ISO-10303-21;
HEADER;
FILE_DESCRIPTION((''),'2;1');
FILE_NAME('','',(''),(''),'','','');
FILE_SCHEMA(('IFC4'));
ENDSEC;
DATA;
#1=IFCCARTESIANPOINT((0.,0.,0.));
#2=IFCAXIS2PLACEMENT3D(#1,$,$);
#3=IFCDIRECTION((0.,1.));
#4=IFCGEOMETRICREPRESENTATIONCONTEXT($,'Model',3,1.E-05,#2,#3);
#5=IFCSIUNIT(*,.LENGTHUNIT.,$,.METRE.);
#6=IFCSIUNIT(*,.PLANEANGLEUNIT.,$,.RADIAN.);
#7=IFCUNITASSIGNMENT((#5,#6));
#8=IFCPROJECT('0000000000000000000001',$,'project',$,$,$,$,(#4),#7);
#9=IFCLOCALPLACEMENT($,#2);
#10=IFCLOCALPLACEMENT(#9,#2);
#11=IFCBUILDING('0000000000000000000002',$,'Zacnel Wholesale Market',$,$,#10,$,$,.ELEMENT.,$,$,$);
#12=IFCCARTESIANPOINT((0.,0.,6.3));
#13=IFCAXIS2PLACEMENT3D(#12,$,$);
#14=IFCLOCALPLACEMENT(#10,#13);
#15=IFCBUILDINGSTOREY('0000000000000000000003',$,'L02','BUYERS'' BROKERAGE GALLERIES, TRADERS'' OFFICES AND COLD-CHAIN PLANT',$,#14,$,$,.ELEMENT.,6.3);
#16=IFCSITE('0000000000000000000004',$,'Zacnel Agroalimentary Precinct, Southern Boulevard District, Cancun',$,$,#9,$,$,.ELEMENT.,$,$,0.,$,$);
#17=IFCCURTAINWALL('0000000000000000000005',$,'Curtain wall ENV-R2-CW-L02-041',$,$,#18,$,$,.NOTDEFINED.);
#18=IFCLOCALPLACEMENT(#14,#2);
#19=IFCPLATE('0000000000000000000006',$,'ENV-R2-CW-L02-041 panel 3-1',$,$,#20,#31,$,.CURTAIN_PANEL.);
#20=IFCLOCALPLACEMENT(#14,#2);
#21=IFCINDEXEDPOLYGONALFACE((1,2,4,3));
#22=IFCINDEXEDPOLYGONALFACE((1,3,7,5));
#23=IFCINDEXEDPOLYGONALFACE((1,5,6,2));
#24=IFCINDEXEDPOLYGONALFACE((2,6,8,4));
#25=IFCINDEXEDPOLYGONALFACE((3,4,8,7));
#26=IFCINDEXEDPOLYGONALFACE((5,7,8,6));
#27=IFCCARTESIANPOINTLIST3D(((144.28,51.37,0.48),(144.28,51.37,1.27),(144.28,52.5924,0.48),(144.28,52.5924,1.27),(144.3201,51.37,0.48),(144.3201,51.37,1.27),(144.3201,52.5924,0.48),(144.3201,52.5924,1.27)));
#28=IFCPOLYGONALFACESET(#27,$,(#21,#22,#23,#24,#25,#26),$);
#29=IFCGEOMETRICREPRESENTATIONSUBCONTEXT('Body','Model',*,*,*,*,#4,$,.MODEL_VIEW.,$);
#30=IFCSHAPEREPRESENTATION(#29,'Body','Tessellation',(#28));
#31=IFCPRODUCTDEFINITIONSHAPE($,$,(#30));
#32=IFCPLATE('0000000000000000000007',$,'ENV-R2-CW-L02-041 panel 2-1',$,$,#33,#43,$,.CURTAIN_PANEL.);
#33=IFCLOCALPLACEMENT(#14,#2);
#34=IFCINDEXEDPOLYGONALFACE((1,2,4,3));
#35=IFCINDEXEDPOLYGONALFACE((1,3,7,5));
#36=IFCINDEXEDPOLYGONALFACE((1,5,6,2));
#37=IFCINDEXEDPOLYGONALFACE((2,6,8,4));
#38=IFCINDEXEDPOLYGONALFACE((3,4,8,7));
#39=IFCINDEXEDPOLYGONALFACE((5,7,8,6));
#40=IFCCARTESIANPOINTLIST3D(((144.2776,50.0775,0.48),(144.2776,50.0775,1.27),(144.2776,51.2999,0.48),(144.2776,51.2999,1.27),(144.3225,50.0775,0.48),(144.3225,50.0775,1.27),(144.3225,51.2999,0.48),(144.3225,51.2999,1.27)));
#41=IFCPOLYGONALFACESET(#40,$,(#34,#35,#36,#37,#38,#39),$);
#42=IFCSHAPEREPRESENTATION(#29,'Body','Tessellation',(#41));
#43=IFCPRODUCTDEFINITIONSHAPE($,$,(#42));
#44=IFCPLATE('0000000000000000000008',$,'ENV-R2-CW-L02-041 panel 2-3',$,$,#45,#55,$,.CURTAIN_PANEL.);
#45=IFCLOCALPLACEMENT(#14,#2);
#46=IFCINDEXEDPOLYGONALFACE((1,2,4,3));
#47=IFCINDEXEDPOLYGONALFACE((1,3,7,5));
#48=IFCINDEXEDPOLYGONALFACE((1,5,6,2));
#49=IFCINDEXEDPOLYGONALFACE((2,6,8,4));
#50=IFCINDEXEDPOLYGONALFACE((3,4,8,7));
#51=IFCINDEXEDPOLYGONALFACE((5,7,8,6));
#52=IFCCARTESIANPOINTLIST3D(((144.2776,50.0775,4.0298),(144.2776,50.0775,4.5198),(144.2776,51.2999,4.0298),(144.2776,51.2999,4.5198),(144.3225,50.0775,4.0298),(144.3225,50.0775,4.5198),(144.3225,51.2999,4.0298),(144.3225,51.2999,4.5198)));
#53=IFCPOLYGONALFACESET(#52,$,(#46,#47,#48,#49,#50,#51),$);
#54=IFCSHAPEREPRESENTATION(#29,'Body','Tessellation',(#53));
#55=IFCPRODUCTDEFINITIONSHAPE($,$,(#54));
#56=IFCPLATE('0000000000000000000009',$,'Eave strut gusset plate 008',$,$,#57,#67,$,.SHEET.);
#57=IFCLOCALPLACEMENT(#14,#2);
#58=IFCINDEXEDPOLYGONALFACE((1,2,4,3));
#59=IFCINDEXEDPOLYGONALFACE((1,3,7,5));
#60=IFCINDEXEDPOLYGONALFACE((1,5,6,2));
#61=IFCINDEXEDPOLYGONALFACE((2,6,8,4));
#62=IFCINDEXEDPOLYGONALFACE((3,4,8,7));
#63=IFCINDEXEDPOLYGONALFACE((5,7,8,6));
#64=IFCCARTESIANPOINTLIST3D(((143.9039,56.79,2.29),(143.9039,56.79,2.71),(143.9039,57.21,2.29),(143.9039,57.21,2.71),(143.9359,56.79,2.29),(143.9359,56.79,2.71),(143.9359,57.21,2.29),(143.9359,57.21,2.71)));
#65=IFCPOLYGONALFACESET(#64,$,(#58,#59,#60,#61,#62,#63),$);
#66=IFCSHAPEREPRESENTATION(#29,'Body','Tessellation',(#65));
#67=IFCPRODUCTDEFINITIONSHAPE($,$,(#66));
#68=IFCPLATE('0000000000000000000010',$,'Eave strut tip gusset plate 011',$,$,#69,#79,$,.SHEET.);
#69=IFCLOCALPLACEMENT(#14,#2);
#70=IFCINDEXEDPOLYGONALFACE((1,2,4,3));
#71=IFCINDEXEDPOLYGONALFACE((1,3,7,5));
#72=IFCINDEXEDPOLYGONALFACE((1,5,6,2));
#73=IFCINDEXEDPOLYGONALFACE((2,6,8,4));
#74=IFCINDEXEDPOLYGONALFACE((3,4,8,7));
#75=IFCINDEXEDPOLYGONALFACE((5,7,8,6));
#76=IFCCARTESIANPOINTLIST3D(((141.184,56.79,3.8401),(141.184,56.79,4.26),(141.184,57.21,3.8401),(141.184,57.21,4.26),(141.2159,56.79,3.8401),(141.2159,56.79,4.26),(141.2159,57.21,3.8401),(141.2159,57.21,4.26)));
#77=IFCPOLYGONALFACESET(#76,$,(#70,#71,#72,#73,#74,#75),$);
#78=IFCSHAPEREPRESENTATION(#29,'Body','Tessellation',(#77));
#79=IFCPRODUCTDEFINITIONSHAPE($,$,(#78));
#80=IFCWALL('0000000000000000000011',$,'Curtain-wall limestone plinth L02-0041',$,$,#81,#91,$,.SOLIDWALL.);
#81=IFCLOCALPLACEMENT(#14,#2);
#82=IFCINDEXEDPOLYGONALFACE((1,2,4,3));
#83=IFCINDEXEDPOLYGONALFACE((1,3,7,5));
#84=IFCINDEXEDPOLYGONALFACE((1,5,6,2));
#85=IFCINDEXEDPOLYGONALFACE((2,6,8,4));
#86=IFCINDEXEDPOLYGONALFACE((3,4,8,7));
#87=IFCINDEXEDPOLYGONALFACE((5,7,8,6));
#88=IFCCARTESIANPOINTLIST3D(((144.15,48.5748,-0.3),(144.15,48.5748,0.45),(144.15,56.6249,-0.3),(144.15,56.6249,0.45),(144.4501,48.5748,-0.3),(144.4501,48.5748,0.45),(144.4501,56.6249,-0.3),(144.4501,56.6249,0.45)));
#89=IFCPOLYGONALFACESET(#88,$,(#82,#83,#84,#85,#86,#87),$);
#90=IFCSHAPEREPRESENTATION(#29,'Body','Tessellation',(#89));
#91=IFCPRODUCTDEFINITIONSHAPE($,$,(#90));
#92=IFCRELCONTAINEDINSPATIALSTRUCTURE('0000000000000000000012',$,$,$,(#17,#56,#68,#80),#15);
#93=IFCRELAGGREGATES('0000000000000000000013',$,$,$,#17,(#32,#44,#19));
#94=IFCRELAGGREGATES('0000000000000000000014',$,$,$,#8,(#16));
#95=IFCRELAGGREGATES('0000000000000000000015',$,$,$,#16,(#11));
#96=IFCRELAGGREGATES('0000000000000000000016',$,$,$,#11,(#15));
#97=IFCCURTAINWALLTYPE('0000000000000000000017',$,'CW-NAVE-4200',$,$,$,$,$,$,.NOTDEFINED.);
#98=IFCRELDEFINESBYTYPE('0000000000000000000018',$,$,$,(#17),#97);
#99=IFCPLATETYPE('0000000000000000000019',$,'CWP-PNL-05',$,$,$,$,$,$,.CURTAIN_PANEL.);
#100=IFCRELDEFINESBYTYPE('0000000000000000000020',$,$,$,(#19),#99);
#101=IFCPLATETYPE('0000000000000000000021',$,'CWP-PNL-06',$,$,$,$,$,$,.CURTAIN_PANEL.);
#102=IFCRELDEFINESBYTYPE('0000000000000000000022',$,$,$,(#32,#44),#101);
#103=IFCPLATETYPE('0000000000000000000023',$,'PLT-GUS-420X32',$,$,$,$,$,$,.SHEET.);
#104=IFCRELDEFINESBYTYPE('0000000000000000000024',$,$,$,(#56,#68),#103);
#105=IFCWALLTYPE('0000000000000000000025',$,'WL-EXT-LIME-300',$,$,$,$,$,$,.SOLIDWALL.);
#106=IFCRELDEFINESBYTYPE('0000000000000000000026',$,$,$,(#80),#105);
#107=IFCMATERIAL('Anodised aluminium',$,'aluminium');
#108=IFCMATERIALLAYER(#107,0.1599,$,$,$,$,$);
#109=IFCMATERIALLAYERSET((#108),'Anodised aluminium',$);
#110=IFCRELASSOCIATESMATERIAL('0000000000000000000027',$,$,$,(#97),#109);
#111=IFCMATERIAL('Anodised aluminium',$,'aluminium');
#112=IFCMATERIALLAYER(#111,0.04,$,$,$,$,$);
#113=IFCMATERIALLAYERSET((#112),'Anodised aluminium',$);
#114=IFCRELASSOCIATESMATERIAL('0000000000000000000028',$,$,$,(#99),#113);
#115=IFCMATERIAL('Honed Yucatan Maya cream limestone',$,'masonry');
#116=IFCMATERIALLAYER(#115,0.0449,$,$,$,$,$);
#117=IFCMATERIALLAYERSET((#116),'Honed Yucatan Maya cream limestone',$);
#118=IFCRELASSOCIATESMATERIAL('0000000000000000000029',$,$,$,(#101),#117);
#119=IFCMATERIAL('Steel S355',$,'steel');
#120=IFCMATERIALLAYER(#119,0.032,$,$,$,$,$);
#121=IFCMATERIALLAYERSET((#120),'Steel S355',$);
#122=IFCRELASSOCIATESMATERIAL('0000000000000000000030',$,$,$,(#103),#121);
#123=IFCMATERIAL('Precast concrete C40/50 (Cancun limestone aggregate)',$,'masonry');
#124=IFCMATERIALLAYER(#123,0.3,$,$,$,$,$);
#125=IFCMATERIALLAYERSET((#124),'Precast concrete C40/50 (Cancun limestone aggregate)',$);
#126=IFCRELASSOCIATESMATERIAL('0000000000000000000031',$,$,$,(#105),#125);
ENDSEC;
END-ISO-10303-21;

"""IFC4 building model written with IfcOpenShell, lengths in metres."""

from ifc_helpers import new_model, si_unit, direction, frame, frame_2d, origin, origin_2d, place, context, subcontext, project, spatial, rectangle, extrude, material, layer, layer_set, type_object, element, aggregate, save


model = new_model("IFC4")

# Units and contexts
model_context = context("Model", 3, precision=1e-05, world=origin(), true_north=direction((0.0, 1.0)))
body_context = subcontext(model_context, "Body", "Model", "MODEL_VIEW")
ifc_project = project(units=[si_unit("LENGTHUNIT", "METRE"), si_unit("PLANEANGLEUNIT", "RADIAN")], contexts=[model_context])

# Site, building, storey
site_placement = place(None, origin())
site = spatial("IfcSite", under=ifc_project, at=site_placement, Name="Zacnel Agroalimentary Precinct, Southern Boulevard District, Cancun", CompositionType="ELEMENT", RefElevation=0.0)
building_placement = place(site_placement, origin())
building = spatial("IfcBuilding", under=site, at=building_placement, Name="Zacnel Wholesale Market", CompositionType="ELEMENT")
storey_placement = place(building_placement, frame((0.0, 0.0, 6.3)))
storey = spatial("IfcBuildingStorey", under=building, at=storey_placement, Name="L02", Description="BUYERS' BROKERAGE GALLERIES, TRADERS' OFFICES AND COLD-CHAIN PLANT", CompositionType="ELEMENT", Elevation=6.3)

# Curtain wall
ifc_material_1 = material(Name="Anodised aluminium", Category="aluminium")
ifc_layer_1 = layer(ifc_material_1, 0.1599)
ifc_layer_set_1 = layer_set([ifc_layer_1], Name="Anodised aluminium")
curtain_wall_type = type_object("IfcCurtainWallType", Name="CW-NAVE-4200", PredefinedType="NOTDEFINED", material=ifc_layer_set_1)
curtain_wall_placement = place(storey_placement, origin())
curtain_wall = element("IfcCurtainWall", 1, at=curtain_wall_placement, inside=storey, type_object=curtain_wall_type, Name="Curtain wall ENV-R2-CW-L02-041", PredefinedType="NOTDEFINED")

# Plates
ifc_material_2 = material(Name="Anodised aluminium", Category="aluminium")
ifc_layer_2 = layer(ifc_material_2, 0.04)
ifc_layer_set_2 = layer_set([ifc_layer_2], Name="Anodised aluminium")
plate_type_1 = type_object("IfcPlateType", Name="CWP-PNL-05", PredefinedType="CURTAIN_PANEL", material=ifc_layer_set_2)
plate_1_placement = place(storey_placement, frame((144.3, 51.9812, 0.48), z_axis=(0.0, 0.0, 1.0), x_axis=(0.0, 1.0, 0.0)))
plate_1 = element("IfcPlate", 2, at=plate_1_placement, type_object=plate_type_1, Name="ENV-R2-CW-L02-041 panel 3-1", PredefinedType="CURTAIN_PANEL", context=body_context, shape_type="SweptSolid", body=[
    extrude(rectangle(XDim=1.2224, YDim=0.04, at=origin_2d()), origin(), (0.0, 0.0, 1.0), 0.79),
])
ifc_material_3 = material(Name="Honed Yucatan Maya cream limestone", Category="masonry")
ifc_layer_3 = layer(ifc_material_3, 0.0449)
ifc_layer_set_3 = layer_set([ifc_layer_3], Name="Honed Yucatan Maya cream limestone")
plate_type_2 = type_object("IfcPlateType", Name="CWP-PNL-06", PredefinedType="CURTAIN_PANEL", material=ifc_layer_set_3)
plate_2_placement = place(storey_placement, frame((144.3, 50.6887, 0.48), z_axis=(0.0, 0.0, 1.0), x_axis=(0.0, 1.0, 0.0)))
plate_2 = element("IfcPlate", 3, at=plate_2_placement, type_object=plate_type_2, Name="ENV-R2-CW-L02-041 panel 2-1", PredefinedType="CURTAIN_PANEL", context=body_context, shape_type="SweptSolid", body=[
    extrude(rectangle(XDim=1.2224, YDim=0.0449, at=origin_2d()), origin(), (0.0, 0.0, 1.0), 0.79),
])
plate_3_placement = place(storey_placement, frame((144.3, 50.6887, 4.0298), z_axis=(0.0, 0.0, 1.0), x_axis=(0.0, 1.0, 0.0)))
plate_3 = element("IfcPlate", 4, at=plate_3_placement, type_object=plate_type_2, Name="ENV-R2-CW-L02-041 panel 2-3", PredefinedType="CURTAIN_PANEL", context=body_context, shape_type="SweptSolid", body=[
    extrude(rectangle(XDim=1.2224, YDim=0.0449, at=origin_2d()), origin(), (0.0, 0.0, 1.0), 0.49),
])
aggregate(curtain_wall, [plate_2, plate_3, plate_1])

# Plates
ifc_material_4 = material(Name="Steel S355", Category="steel")
ifc_layer_4 = layer(ifc_material_4, 0.032)
ifc_layer_set_4 = layer_set([ifc_layer_4], Name="Steel S355")
plate_type_3 = type_object("IfcPlateType", Name="PLT-GUS-420X32", PredefinedType="SHEET", material=ifc_layer_set_4)
for number, where, z_axis, x_axis, name in (
    (5, (143.9199, 57.0, 2.29), (0.0, 0.0, 1.0), (0.0, 1.0, 0.0), "Eave strut gusset plate 008"),
    (6, (141.2, 57.0, 3.8401), (0.0, 0.0, 1.0), (0.0, 1.0, 0.0), "Eave strut tip gusset plate 011"),
):
    element("IfcPlate", number, at=place(storey_placement, frame(where, z_axis=z_axis, x_axis=x_axis)), inside=storey, type_object=plate_type_3, Name=name, PredefinedType="SHEET", context=body_context, shape_type="SweptSolid", body=[
        extrude(rectangle(XDim=0.4199, YDim=0.032, at=origin_2d()), origin(), (0.0, 0.0, 1.0), 0.4199),
    ])

# Wall
ifc_material_5 = material(Name="Precast concrete C40/50 (Cancun limestone aggregate)", Category="masonry")
ifc_layer_5 = layer(ifc_material_5, 0.3)
ifc_layer_set_5 = layer_set([ifc_layer_5], Name="Precast concrete C40/50 (Cancun limestone aggregate)")
wall_type = type_object("IfcWallType", Name="WL-EXT-LIME-300", PredefinedType="SOLIDWALL", material=ifc_layer_set_5)
wall_placement = place(storey_placement, frame((144.3, 48.575, -0.3), z_axis=(0.0, 0.0, 1.0), x_axis=(0.0, 1.0, 0.0)))
element("IfcWall", 7, at=wall_placement, inside=storey, type_object=wall_type, Name="Curtain-wall limestone plinth L02-0041", PredefinedType="SOLIDWALL", context=body_context, shape_type="SweptSolid", body=[
    extrude(rectangle(XDim=8.05, YDim=0.3, at=frame_2d((4.0249, 0.0))), origin(), (0.0, 0.0, 1.0), 0.75),
])

save(model, "model.ifc")
